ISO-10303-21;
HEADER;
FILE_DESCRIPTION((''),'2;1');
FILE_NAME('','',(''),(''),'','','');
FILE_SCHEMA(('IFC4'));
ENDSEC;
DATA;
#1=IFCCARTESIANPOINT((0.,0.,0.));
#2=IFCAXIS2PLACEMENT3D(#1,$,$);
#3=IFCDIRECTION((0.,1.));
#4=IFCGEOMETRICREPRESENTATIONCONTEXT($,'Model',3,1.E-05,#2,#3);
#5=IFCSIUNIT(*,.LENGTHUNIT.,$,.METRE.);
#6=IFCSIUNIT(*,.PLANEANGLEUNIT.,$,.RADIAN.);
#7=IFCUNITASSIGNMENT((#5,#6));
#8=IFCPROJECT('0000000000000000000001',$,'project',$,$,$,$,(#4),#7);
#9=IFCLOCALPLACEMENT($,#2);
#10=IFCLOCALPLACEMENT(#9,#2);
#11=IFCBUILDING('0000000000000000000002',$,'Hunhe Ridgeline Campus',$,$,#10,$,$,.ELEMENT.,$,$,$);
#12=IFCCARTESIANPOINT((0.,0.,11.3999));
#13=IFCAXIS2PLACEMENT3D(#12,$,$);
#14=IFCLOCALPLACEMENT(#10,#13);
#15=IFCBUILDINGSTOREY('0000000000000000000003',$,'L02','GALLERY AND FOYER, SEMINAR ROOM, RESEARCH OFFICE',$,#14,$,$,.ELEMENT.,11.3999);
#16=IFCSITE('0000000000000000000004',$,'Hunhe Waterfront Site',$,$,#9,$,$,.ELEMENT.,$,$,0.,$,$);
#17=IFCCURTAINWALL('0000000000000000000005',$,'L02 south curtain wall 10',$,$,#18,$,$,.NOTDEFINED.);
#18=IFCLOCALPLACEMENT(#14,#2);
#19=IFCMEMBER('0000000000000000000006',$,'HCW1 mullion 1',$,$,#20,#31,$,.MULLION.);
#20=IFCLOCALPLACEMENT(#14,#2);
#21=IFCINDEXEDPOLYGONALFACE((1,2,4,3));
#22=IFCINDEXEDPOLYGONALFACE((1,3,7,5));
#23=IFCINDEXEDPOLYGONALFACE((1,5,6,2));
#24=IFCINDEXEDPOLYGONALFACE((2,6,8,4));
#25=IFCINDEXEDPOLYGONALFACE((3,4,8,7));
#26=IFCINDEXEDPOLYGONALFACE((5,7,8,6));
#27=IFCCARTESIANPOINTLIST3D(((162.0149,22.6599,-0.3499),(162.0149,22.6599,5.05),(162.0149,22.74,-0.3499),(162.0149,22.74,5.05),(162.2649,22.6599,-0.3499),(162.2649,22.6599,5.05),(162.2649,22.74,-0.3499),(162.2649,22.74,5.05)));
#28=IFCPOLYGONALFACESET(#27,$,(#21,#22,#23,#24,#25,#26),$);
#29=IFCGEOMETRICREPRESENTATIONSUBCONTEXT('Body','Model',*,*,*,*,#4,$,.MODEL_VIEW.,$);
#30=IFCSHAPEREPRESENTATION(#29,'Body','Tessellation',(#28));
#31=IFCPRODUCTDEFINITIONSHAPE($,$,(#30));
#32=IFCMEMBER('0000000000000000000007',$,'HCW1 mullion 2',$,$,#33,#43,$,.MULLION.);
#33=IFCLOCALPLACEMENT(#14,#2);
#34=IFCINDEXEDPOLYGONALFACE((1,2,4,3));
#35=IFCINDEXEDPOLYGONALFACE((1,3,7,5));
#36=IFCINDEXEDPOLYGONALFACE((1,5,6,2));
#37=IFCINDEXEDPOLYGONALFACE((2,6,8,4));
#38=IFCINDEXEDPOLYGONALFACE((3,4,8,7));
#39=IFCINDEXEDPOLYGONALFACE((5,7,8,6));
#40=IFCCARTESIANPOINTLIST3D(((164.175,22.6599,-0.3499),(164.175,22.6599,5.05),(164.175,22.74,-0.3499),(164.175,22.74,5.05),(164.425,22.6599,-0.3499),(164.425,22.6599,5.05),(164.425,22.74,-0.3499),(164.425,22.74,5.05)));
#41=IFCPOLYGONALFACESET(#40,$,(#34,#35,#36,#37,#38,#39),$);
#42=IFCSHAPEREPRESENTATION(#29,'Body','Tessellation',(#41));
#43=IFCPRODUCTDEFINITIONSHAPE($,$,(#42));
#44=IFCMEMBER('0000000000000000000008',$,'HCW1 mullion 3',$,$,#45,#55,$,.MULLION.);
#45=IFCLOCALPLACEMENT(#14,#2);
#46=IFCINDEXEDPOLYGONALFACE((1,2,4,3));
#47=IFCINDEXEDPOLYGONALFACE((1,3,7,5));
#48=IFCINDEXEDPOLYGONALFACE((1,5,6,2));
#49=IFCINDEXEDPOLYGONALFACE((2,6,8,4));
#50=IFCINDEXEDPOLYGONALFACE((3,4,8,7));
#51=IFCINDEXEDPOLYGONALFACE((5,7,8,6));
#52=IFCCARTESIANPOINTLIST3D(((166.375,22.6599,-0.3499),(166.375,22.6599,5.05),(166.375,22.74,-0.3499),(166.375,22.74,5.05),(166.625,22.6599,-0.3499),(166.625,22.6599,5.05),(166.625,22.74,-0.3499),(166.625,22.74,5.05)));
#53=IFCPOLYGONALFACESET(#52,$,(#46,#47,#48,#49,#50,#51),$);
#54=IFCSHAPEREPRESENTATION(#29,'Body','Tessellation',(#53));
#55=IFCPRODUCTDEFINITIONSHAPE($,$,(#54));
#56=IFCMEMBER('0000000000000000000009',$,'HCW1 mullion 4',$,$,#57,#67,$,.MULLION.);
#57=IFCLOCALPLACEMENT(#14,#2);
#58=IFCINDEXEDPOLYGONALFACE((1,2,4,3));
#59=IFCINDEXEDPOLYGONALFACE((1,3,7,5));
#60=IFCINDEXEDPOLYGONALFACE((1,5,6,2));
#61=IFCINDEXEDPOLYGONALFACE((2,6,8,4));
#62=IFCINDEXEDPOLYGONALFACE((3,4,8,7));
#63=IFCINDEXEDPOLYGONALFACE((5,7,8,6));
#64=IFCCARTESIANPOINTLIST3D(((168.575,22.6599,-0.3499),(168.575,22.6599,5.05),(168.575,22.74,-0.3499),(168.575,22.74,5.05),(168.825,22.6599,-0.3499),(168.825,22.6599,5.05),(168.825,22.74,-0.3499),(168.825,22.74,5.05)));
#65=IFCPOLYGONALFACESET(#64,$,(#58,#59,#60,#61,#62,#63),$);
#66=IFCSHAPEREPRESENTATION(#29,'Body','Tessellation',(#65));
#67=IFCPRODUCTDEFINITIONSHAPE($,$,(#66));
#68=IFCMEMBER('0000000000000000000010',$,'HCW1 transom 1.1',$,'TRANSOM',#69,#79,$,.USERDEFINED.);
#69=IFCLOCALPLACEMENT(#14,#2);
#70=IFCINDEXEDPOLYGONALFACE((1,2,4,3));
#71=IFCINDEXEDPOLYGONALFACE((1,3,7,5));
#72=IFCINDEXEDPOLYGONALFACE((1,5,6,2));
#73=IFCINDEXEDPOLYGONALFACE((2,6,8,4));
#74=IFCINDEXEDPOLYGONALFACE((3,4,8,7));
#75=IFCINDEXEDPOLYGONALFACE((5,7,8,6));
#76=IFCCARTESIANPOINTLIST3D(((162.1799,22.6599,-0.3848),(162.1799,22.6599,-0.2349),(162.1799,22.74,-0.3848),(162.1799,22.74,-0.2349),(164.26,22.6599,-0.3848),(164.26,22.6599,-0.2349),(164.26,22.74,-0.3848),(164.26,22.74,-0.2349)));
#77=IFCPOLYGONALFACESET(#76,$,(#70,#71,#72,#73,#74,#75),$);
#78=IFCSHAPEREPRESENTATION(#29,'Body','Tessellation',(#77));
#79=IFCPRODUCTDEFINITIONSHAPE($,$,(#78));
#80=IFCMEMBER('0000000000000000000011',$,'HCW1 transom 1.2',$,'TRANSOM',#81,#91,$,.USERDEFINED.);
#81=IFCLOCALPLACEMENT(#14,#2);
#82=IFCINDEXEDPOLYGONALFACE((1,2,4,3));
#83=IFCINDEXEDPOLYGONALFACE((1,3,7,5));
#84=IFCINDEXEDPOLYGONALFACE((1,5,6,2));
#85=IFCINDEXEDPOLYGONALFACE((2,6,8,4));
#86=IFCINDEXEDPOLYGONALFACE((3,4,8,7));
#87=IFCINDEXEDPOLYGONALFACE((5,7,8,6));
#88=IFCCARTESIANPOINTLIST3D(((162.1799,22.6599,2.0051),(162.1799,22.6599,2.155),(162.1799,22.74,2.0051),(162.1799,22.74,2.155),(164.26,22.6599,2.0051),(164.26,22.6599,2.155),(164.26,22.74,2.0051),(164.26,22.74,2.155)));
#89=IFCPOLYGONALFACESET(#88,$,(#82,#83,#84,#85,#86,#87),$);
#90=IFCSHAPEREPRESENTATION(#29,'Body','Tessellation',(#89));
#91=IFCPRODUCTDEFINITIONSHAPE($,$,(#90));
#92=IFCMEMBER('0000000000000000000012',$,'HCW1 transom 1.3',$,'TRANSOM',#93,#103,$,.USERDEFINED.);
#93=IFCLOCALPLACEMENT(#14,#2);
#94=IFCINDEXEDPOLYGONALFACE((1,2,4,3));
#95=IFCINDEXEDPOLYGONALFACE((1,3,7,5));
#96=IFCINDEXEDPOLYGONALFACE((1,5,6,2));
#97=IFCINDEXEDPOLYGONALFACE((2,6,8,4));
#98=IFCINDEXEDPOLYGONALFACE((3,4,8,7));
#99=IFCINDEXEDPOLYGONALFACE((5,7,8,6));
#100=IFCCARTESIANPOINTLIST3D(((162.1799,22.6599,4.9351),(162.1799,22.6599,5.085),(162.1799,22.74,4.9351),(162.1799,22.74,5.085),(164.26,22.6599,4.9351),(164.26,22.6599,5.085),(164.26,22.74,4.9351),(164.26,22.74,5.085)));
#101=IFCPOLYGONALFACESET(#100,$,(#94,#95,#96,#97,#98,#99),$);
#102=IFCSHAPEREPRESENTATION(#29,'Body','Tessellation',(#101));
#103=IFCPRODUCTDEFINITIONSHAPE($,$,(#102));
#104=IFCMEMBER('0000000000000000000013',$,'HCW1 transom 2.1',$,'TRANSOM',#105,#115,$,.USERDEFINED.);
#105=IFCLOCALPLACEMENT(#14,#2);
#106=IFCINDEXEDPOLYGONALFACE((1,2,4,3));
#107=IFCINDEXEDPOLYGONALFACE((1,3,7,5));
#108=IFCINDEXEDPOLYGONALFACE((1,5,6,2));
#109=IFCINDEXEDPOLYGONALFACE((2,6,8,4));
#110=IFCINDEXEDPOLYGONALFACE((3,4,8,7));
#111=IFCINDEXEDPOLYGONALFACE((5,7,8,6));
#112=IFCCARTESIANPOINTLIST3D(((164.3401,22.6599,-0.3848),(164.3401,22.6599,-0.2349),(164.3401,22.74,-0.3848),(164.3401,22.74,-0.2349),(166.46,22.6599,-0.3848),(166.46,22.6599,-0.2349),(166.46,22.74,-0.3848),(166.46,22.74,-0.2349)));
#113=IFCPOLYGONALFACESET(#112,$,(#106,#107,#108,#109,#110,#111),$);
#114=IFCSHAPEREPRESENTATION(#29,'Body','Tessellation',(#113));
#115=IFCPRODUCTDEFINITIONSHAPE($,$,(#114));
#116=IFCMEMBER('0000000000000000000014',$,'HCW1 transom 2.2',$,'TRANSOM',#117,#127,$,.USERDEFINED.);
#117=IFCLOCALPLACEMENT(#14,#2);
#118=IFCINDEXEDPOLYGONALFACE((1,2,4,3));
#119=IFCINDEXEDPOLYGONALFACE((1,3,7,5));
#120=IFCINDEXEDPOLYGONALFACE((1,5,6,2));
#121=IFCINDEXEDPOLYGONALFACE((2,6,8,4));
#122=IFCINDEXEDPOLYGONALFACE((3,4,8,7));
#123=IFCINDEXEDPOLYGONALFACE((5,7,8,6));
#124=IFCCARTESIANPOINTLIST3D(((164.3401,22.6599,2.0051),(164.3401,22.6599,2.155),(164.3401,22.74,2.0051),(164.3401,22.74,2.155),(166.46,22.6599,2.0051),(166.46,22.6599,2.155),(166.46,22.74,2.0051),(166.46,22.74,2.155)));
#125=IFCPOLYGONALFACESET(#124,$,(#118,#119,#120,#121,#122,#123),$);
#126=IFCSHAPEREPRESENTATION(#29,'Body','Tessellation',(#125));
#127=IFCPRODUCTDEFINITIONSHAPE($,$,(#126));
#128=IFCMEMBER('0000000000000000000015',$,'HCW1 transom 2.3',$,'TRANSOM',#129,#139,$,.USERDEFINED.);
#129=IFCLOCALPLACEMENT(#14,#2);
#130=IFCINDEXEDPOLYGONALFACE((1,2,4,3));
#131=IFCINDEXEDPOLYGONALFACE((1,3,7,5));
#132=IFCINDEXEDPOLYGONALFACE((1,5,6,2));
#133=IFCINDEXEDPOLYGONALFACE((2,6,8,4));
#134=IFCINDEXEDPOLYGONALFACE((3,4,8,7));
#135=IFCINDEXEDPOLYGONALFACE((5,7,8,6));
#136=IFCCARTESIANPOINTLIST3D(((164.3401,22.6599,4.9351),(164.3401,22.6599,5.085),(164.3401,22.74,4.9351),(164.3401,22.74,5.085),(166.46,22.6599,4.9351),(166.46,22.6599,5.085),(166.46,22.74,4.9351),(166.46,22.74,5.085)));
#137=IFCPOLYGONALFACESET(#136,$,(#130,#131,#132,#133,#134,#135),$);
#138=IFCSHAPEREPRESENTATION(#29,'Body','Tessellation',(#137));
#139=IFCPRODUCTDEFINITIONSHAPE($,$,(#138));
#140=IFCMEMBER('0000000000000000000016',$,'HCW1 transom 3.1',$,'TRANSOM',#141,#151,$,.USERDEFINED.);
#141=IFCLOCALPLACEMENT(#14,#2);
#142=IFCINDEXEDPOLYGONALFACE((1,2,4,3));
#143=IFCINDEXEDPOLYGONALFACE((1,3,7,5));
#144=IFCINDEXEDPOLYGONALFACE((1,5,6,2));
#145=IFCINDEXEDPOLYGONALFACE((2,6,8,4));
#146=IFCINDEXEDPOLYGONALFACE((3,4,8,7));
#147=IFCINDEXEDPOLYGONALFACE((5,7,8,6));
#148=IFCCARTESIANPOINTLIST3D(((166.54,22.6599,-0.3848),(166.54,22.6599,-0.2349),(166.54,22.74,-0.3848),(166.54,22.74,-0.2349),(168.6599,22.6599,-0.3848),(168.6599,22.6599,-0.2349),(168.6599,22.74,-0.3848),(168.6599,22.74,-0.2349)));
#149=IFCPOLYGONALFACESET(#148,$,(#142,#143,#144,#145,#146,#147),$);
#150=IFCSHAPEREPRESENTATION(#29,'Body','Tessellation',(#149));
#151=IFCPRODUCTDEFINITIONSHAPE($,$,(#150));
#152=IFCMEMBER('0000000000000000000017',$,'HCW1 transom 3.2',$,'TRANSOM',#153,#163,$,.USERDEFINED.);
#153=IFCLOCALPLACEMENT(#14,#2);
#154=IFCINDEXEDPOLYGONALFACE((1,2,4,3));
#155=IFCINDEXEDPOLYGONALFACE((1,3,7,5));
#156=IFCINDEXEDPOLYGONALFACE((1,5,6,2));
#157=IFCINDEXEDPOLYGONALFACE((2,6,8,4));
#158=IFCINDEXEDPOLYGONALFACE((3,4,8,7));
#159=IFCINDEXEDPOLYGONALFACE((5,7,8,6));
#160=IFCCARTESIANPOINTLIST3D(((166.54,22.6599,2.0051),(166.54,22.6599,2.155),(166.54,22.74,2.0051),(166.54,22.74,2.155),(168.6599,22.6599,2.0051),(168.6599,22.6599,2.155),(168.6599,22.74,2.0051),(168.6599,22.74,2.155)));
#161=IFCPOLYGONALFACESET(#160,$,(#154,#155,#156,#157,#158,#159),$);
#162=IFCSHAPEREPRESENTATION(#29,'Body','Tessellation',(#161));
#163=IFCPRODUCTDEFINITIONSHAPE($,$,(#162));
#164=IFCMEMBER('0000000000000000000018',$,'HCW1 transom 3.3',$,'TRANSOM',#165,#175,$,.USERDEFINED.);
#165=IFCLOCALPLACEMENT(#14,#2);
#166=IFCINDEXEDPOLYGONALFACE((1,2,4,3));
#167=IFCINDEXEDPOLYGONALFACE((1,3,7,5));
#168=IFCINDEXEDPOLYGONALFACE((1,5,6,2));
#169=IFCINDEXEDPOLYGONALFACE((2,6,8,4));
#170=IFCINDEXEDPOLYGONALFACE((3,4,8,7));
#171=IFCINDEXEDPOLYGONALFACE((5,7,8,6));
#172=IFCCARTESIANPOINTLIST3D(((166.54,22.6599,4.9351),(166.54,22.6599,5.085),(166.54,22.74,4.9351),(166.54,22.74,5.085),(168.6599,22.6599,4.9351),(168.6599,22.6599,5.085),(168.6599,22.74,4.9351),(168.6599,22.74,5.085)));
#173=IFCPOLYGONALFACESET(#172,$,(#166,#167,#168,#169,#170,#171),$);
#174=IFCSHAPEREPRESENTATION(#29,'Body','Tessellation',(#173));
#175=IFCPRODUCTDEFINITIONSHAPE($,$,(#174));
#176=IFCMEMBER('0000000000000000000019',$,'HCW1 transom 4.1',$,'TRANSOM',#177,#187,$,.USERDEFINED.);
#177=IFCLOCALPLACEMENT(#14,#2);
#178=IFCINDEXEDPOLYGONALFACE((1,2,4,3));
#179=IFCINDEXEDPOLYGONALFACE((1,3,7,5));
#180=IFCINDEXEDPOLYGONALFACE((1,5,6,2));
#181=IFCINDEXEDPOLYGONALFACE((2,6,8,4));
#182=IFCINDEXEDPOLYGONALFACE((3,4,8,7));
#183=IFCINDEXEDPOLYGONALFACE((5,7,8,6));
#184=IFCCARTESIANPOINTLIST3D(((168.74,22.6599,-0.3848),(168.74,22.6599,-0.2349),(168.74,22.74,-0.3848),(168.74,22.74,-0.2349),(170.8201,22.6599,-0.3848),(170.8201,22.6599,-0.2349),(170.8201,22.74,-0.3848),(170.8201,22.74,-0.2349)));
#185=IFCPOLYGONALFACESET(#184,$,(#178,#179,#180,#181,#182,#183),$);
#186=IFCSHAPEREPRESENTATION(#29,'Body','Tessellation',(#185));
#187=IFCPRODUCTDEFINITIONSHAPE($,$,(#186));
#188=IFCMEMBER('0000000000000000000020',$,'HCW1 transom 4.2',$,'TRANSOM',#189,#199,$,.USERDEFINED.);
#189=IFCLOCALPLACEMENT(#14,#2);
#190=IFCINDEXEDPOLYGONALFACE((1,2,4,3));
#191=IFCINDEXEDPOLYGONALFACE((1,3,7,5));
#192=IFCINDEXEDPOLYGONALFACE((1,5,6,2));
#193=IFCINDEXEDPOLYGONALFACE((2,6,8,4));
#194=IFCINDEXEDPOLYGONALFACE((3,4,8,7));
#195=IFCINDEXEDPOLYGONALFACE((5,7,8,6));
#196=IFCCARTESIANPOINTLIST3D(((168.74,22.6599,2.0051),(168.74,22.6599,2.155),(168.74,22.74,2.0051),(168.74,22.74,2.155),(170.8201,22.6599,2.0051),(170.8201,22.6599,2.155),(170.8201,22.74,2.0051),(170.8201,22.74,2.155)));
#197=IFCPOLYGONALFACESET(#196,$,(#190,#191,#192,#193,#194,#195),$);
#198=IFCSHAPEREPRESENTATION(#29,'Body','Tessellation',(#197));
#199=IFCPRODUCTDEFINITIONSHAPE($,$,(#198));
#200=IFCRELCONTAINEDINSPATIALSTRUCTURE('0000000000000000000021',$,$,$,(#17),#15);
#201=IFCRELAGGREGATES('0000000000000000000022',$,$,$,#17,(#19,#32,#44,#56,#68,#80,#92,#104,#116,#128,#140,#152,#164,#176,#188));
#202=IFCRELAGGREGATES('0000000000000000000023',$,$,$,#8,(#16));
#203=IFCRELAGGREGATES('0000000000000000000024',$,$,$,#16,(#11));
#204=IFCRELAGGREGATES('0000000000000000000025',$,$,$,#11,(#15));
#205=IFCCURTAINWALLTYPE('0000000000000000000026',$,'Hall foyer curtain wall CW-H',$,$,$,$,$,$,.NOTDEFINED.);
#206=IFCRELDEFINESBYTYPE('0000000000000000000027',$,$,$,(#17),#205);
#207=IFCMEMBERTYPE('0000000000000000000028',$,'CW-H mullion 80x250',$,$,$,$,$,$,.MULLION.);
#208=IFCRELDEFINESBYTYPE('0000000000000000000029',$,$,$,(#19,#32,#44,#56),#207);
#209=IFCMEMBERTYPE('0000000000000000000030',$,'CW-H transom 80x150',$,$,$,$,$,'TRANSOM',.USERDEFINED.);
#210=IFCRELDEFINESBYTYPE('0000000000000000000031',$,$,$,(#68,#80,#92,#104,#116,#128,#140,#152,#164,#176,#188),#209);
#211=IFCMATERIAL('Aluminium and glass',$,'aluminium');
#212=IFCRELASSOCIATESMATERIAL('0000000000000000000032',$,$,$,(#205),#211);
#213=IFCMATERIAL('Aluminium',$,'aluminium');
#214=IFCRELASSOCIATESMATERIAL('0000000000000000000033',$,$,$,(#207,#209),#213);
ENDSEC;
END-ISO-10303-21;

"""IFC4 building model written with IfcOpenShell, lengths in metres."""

from ifc_helpers import new_model, si_unit, direction, frame, origin, origin_2d, place, context, subcontext, project, spatial, rectangle, extrude, material, material_profile, profile_set, type_object, element, aggregate, save


model = new_model("IFC4")

# Units and contexts
model_context = context("Model", 3, precision=1e-05, world=origin(), true_north=direction((0.0, 1.0)))
body_context = subcontext(model_context, "Body", "Model", "MODEL_VIEW")
ifc_project = project(units=[si_unit("LENGTHUNIT", "METRE"), si_unit("PLANEANGLEUNIT", "RADIAN")], contexts=[model_context])

# Site, building, storey
site_placement = place(None, origin())
site = spatial("IfcSite", under=ifc_project, at=site_placement, Name="Hunhe Waterfront Site", CompositionType="ELEMENT", RefElevation=0.0)
building_placement = place(site_placement, origin())
building = spatial("IfcBuilding", under=site, at=building_placement, Name="Hunhe Ridgeline Campus", CompositionType="ELEMENT")
storey_placement = place(building_placement, frame((0.0, 0.0, 11.3999)))
storey = spatial("IfcBuildingStorey", under=building, at=storey_placement, Name="L02", Description="GALLERY AND FOYER, SEMINAR ROOM, RESEARCH OFFICE", CompositionType="ELEMENT", Elevation=11.3999)

# Curtain wall, members
ifc_material_1 = material(Name="Aluminium and glass", Category="aluminium")
curtain_wall_type = type_object("IfcCurtainWallType", Name="Hall foyer curtain wall CW-H", PredefinedType="NOTDEFINED", material=ifc_material_1)
curtain_wall_placement = place(storey_placement, origin())
curtain_wall = element("IfcCurtainWall", 1, at=curtain_wall_placement, inside=storey, type_object=curtain_wall_type, Name="L02 south curtain wall 10", PredefinedType="NOTDEFINED")
ifc_material_2 = material(Name="Aluminium", Category="aluminium")
ifc_material_profile_1 = material_profile(ifc_material_2, rectangle(XDim=0.0801, YDim=0.25, at=origin_2d()))
ifc_profile_set_1 = profile_set([ifc_material_profile_1], Name="Aluminium")
member_type_1 = type_object("IfcMemberType", Name="CW-H mullion 80x250", PredefinedType="MULLION", material=ifc_profile_set_1)
member_1_placement = place(storey_placement, frame((162.1399, 22.7, -0.3499), z_axis=(0.0, 0.0, 1.0), x_axis=(0.0, 1.0, 0.0)))
member_1 = element("IfcMember", 2, at=member_1_placement, type_object=member_type_1, Name="HCW1 mullion 1", PredefinedType="MULLION", context=body_context, shape_type="SweptSolid", body=[
    extrude(rectangle(XDim=0.0801, YDim=0.25, at=origin_2d()), origin(), (0.0, 0.0, 1.0), 5.3999),
])
member_2_placement = place(storey_placement, frame((164.3, 22.7, -0.3499), z_axis=(0.0, 0.0, 1.0), x_axis=(0.0, 1.0, 0.0)))
member_2 = element("IfcMember", 3, at=member_2_placement, type_object=member_type_1, Name="HCW1 mullion 2", PredefinedType="MULLION", context=body_context, shape_type="SweptSolid", body=[
    extrude(rectangle(XDim=0.0801, YDim=0.25, at=origin_2d()), origin(), (0.0, 0.0, 1.0), 5.3999),
])
member_3_placement = place(storey_placement, frame((166.5, 22.7, -0.3499), z_axis=(0.0, 0.0, 1.0), x_axis=(0.0, 1.0, 0.0)))
member_3 = element("IfcMember", 4, at=member_3_placement, type_object=member_type_1, Name="HCW1 mullion 3", PredefinedType="MULLION", context=body_context, shape_type="SweptSolid", body=[
    extrude(rectangle(XDim=0.0801, YDim=0.25, at=origin_2d()), origin(), (0.0, 0.0, 1.0), 5.3999),
])
member_4_placement = place(storey_placement, frame((168.7, 22.7, -0.3499), z_axis=(0.0, 0.0, 1.0), x_axis=(0.0, 1.0, 0.0)))
member_4 = element("IfcMember", 5, at=member_4_placement, type_object=member_type_1, Name="HCW1 mullion 4", PredefinedType="MULLION", context=body_context, shape_type="SweptSolid", body=[
    extrude(rectangle(XDim=0.0801, YDim=0.25, at=origin_2d()), origin(), (0.0, 0.0, 1.0), 5.3999),
])
ifc_material_profile_2 = material_profile(ifc_material_2, rectangle(XDim=0.0801, YDim=0.1499, at=origin_2d()))
ifc_profile_set_2 = profile_set([ifc_material_profile_2], Name="Aluminium")
member_type_2 = type_object("IfcMemberType", Name="CW-H transom 80x150", ElementType="TRANSOM", PredefinedType="USERDEFINED", material=ifc_profile_set_2)
member_5_placement = place(storey_placement, frame((162.1799, 22.7, -0.3098), z_axis=(1.0, 0.0, 0.0), x_axis=(0.0, 1.0, 0.0)))
member_5 = element("IfcMember", 6, at=member_5_placement, type_object=member_type_2, Name="HCW1 transom 1.1", ObjectType="TRANSOM", PredefinedType="USERDEFINED", context=body_context, shape_type="SweptSolid", body=[
    extrude(rectangle(XDim=0.0801, YDim=0.1499, at=origin_2d()), origin(), (0.0, 0.0, 1.0), 2.0801),
])
member_6_placement = place(storey_placement, frame((162.1799, 22.7, 2.0801), z_axis=(1.0, 0.0, 0.0), x_axis=(0.0, 1.0, 0.0)))
member_6 = element("IfcMember", 7, at=member_6_placement, type_object=member_type_2, Name="HCW1 transom 1.2", ObjectType="TRANSOM", PredefinedType="USERDEFINED", context=body_context, shape_type="SweptSolid", body=[
    extrude(rectangle(XDim=0.0801, YDim=0.1499, at=origin_2d()), origin(), (0.0, 0.0, 1.0), 2.0801),
])
member_7_placement = place(storey_placement, frame((162.1799, 22.7, 5.01), z_axis=(1.0, 0.0, 0.0), x_axis=(0.0, 1.0, 0.0)))
member_7 = element("IfcMember", 8, at=member_7_placement, type_object=member_type_2, Name="HCW1 transom 1.3", ObjectType="TRANSOM", PredefinedType="USERDEFINED", context=body_context, shape_type="SweptSolid", body=[
    extrude(rectangle(XDim=0.0801, YDim=0.1499, at=origin_2d()), origin(), (0.0, 0.0, 1.0), 2.0801),
])
member_8_placement = place(storey_placement, frame((164.3401, 22.7, -0.3098), z_axis=(1.0, 0.0, 0.0), x_axis=(0.0, 1.0, 0.0)))
member_8 = element("IfcMember", 9, at=member_8_placement, type_object=member_type_2, Name="HCW1 transom 2.1", ObjectType="TRANSOM", PredefinedType="USERDEFINED", context=body_context, shape_type="SweptSolid", body=[
    extrude(rectangle(XDim=0.0801, YDim=0.1499, at=origin_2d()), origin(), (0.0, 0.0, 1.0), 2.1199),
])
member_9_placement = place(storey_placement, frame((164.3401, 22.7, 2.0801), z_axis=(1.0, 0.0, 0.0), x_axis=(0.0, 1.0, 0.0)))
member_9 = element("IfcMember", 10, at=member_9_placement, type_object=member_type_2, Name="HCW1 transom 2.2", ObjectType="TRANSOM", PredefinedType="USERDEFINED", context=body_context, shape_type="SweptSolid", body=[
    extrude(rectangle(XDim=0.0801, YDim=0.1499, at=origin_2d()), origin(), (0.0, 0.0, 1.0), 2.1199),
])
member_10_placement = place(storey_placement, frame((164.3401, 22.7, 5.01), z_axis=(1.0, 0.0, 0.0), x_axis=(0.0, 1.0, 0.0)))
member_10 = element("IfcMember", 11, at=member_10_placement, type_object=member_type_2, Name="HCW1 transom 2.3", ObjectType="TRANSOM", PredefinedType="USERDEFINED", context=body_context, shape_type="SweptSolid", body=[
    extrude(rectangle(XDim=0.0801, YDim=0.1499, at=origin_2d()), origin(), (0.0, 0.0, 1.0), 2.1199),
])
member_11_placement = place(storey_placement, frame((166.54, 22.7, -0.3098), z_axis=(1.0, 0.0, 0.0), x_axis=(0.0, 1.0, 0.0)))
member_11 = element("IfcMember", 12, at=member_11_placement, type_object=member_type_2, Name="HCW1 transom 3.1", ObjectType="TRANSOM", PredefinedType="USERDEFINED", context=body_context, shape_type="SweptSolid", body=[
    extrude(rectangle(XDim=0.0801, YDim=0.1499, at=origin_2d()), origin(), (0.0, 0.0, 1.0), 2.1199),
])
member_12_placement = place(storey_placement, frame((166.54, 22.7, 2.0801), z_axis=(1.0, 0.0, 0.0), x_axis=(0.0, 1.0, 0.0)))
member_12 = element("IfcMember", 13, at=member_12_placement, type_object=member_type_2, Name="HCW1 transom 3.2", ObjectType="TRANSOM", PredefinedType="USERDEFINED", context=body_context, shape_type="SweptSolid", body=[
    extrude(rectangle(XDim=0.0801, YDim=0.1499, at=origin_2d()), origin(), (0.0, 0.0, 1.0), 2.1199),
])
member_13_placement = place(storey_placement, frame((166.54, 22.7, 5.01), z_axis=(1.0, 0.0, 0.0), x_axis=(0.0, 1.0, 0.0)))
member_13 = element("IfcMember", 14, at=member_13_placement, type_object=member_type_2, Name="HCW1 transom 3.3", ObjectType="TRANSOM", PredefinedType="USERDEFINED", context=body_context, shape_type="SweptSolid", body=[
    extrude(rectangle(XDim=0.0801, YDim=0.1499, at=origin_2d()), origin(), (0.0, 0.0, 1.0), 2.1199),
])
member_14_placement = place(storey_placement, frame((168.74, 22.7, -0.3098), z_axis=(1.0, 0.0, 0.0), x_axis=(0.0, 1.0, 0.0)))
member_14 = element("IfcMember", 15, at=member_14_placement, type_object=member_type_2, Name="HCW1 transom 4.1", ObjectType="TRANSOM", PredefinedType="USERDEFINED", context=body_context, shape_type="SweptSolid", body=[
    extrude(rectangle(XDim=0.0801, YDim=0.1499, at=origin_2d()), origin(), (0.0, 0.0, 1.0), 2.0801),
])
member_15_placement = place(storey_placement, frame((168.74, 22.7, 2.0801), z_axis=(1.0, 0.0, 0.0), x_axis=(0.0, 1.0, 0.0)))
member_15 = element("IfcMember", 16, at=member_15_placement, type_object=member_type_2, Name="HCW1 transom 4.2", ObjectType="TRANSOM", PredefinedType="USERDEFINED", context=body_context, shape_type="SweptSolid", body=[
    extrude(rectangle(XDim=0.0801, YDim=0.1499, at=origin_2d()), origin(), (0.0, 0.0, 1.0), 2.0801),
])
aggregate(curtain_wall, [member_1, member_2, member_3, member_4, member_5, member_6, member_7, member_8, member_9, member_10, member_11, member_12, member_13, member_14, member_15])

save(model, "model.ifc")
